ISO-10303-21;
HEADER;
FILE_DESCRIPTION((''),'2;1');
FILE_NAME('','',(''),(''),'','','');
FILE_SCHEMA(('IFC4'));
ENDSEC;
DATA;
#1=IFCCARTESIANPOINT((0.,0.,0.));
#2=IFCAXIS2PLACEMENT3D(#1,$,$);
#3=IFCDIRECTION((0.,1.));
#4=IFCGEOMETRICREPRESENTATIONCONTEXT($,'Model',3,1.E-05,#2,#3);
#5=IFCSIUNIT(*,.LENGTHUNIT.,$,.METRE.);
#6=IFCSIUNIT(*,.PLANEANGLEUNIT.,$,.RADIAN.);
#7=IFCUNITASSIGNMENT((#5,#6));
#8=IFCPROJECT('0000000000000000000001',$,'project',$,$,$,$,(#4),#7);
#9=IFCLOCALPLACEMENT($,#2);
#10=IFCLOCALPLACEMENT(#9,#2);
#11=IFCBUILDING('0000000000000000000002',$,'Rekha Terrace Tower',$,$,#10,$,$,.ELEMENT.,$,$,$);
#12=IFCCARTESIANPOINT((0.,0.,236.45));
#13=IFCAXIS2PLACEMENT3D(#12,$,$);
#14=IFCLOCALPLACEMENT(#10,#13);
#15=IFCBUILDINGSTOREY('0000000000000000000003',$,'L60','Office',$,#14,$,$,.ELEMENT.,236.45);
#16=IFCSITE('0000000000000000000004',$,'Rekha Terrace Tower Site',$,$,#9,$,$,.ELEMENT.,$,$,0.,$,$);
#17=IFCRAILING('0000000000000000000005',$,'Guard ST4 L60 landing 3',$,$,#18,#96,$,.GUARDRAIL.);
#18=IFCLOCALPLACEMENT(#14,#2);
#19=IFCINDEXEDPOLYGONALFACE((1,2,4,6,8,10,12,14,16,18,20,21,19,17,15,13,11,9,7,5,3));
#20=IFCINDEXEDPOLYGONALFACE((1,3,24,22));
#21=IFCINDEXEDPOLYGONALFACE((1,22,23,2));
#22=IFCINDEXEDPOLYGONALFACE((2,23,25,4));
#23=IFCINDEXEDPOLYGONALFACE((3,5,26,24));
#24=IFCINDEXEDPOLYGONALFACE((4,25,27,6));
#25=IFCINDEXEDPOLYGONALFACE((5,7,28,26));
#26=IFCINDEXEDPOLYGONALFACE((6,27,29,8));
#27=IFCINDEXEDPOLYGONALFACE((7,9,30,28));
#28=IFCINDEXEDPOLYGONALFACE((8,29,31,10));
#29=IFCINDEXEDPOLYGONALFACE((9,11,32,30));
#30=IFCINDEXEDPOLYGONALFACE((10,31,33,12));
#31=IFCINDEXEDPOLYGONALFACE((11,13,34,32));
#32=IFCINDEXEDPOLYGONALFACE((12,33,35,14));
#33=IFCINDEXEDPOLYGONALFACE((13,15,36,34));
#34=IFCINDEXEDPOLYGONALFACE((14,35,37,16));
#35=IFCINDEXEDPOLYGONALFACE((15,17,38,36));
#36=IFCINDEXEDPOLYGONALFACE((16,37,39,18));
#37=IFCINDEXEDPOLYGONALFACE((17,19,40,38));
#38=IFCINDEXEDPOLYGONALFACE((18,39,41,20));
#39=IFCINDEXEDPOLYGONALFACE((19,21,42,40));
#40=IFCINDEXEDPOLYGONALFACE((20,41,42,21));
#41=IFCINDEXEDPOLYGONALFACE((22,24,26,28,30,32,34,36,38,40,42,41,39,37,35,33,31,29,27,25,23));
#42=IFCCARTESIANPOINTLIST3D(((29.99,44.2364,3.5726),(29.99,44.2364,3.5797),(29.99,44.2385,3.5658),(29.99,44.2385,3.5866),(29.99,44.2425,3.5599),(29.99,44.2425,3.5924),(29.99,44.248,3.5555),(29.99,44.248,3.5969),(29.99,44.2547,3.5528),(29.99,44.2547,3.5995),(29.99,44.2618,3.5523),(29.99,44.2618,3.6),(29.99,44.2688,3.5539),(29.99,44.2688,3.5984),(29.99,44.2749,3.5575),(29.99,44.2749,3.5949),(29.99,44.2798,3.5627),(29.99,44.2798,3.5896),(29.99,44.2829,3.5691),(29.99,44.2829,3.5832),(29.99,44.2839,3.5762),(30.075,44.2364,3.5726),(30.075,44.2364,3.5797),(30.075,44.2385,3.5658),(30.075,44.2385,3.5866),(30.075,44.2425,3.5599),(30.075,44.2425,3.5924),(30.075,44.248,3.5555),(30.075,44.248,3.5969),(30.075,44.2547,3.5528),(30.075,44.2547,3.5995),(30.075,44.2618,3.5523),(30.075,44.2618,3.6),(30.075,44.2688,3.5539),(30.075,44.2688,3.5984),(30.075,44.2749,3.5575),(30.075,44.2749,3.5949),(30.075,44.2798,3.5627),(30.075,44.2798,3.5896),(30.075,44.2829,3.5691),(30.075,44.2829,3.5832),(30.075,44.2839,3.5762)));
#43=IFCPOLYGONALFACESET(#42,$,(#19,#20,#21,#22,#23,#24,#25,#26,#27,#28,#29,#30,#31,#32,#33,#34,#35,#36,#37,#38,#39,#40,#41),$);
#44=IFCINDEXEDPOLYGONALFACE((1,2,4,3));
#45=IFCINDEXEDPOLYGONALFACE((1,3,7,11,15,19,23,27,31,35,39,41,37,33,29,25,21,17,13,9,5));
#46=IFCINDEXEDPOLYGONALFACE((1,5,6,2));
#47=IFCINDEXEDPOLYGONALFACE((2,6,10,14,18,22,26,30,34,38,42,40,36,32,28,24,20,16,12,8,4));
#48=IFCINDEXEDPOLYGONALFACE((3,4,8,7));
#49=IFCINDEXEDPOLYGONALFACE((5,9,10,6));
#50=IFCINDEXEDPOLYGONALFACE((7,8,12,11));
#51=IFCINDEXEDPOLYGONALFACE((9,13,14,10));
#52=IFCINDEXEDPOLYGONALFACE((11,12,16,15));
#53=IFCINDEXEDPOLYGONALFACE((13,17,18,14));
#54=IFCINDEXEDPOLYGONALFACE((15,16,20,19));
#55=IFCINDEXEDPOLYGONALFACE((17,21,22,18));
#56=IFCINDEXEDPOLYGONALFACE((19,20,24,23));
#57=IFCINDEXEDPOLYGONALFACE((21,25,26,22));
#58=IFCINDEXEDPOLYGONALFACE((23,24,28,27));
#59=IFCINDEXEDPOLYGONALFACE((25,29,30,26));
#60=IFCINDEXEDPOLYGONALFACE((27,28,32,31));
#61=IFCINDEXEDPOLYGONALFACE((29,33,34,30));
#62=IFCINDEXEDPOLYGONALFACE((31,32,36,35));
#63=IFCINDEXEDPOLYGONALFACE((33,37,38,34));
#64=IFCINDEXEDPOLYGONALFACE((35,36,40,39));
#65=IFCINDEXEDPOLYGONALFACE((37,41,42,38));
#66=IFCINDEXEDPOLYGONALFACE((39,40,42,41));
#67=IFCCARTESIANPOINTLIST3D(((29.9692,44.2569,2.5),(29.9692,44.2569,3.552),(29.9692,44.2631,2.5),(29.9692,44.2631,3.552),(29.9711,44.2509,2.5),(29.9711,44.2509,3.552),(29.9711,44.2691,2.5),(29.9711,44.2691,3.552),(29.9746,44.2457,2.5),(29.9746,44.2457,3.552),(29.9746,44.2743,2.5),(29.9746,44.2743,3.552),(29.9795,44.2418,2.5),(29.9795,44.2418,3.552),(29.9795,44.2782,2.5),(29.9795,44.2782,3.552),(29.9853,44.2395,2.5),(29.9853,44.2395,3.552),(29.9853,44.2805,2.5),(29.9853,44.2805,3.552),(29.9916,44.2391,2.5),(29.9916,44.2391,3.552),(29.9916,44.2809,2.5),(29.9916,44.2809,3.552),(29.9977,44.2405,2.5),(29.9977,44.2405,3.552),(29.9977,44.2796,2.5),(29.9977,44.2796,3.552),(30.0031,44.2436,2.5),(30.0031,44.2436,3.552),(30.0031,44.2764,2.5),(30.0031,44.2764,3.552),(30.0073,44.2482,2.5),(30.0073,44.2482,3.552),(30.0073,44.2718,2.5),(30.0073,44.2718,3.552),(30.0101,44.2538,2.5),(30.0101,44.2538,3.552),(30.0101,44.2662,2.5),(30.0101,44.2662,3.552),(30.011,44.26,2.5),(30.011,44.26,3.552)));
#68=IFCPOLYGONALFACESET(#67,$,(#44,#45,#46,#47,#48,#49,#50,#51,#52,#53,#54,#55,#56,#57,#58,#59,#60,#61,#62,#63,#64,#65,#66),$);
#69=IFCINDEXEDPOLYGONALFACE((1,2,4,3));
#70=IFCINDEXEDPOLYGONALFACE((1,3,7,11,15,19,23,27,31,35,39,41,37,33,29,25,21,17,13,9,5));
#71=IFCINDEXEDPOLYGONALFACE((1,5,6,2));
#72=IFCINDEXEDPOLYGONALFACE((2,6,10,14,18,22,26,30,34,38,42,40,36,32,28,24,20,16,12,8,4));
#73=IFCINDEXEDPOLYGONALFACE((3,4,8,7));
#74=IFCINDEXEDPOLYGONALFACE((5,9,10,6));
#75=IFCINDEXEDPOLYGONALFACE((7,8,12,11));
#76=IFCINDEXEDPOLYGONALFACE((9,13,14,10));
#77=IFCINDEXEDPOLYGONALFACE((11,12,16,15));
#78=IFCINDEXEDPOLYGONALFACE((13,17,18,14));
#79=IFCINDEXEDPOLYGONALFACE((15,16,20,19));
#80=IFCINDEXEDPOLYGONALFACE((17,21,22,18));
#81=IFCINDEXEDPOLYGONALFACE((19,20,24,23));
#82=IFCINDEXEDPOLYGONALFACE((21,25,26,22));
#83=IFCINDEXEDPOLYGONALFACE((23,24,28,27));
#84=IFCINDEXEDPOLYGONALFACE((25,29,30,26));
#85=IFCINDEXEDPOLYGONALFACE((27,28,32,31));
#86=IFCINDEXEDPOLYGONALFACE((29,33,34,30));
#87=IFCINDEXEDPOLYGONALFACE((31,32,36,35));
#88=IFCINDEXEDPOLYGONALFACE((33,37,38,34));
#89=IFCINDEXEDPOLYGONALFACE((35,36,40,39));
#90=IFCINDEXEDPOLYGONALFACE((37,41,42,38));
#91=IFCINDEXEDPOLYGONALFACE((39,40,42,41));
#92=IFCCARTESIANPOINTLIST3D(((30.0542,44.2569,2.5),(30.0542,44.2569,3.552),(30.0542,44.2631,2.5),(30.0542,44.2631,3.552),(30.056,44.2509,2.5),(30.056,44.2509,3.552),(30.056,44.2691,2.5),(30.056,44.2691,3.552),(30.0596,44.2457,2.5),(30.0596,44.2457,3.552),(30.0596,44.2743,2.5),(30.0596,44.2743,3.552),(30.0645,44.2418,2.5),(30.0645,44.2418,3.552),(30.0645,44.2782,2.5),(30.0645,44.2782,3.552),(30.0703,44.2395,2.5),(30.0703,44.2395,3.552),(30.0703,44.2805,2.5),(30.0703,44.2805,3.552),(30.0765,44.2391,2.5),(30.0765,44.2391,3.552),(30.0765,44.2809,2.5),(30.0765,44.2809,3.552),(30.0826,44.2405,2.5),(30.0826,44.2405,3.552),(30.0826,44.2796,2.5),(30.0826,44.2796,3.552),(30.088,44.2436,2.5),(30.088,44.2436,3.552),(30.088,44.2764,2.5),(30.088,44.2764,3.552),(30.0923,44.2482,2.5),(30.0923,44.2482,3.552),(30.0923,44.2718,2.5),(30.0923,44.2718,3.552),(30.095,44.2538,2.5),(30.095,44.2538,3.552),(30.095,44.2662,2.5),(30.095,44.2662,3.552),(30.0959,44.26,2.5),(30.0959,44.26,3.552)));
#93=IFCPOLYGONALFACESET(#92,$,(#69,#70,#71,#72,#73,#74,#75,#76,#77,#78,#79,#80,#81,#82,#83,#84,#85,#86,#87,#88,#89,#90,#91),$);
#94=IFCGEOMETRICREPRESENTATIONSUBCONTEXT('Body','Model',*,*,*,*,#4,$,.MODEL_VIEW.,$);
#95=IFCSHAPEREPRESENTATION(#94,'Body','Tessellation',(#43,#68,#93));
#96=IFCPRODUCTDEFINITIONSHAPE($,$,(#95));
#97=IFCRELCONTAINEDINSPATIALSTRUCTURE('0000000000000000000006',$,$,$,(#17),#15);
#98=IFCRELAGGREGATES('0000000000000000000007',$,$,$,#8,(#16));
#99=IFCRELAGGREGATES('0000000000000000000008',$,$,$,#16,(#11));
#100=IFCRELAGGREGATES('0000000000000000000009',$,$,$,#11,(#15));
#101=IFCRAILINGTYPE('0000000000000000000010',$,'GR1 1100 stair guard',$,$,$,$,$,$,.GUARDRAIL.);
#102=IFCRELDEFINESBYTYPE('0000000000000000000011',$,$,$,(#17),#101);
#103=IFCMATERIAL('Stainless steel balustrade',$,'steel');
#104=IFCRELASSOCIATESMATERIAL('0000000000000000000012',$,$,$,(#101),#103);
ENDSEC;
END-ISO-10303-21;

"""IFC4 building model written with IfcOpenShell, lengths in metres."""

from ifc_helpers import new_model, si_unit, direction, frame, origin, origin_2d, place, context, subcontext, project, spatial, circle, extrude, material, type_object, element, save


model = new_model("IFC4")

# Units and contexts
model_context = context("Model", 3, precision=1e-05, world=origin(), true_north=direction((0.0, 1.0)))
body_context = subcontext(model_context, "Body", "Model", "MODEL_VIEW")
ifc_project = project(units=[si_unit("LENGTHUNIT", "METRE"), si_unit("PLANEANGLEUNIT", "RADIAN")], contexts=[model_context])

# Site, building, storey
site_placement = place(None, origin())
site = spatial("IfcSite", under=ifc_project, at=site_placement, Name="Rekha Terrace Tower Site", CompositionType="ELEMENT", RefElevation=0.0)
building_placement = place(site_placement, origin())
building = spatial("IfcBuilding", under=site, at=building_placement, Name="Rekha Terrace Tower", CompositionType="ELEMENT")
storey_placement = place(building_placement, frame((0.0, 0.0, 236.45)))
storey = spatial("IfcBuildingStorey", under=building, at=storey_placement, Name="L60", Description="Office", CompositionType="ELEMENT", Elevation=236.45)

# Railing
ifc_material_1 = material(Name="Stainless steel balustrade", Category="steel")
railing_type_1 = type_object("IfcRailingType", Name="GR1 1100 stair guard", PredefinedType="GUARDRAIL", material=ifc_material_1)
railing_1_placement = place(storey_placement, frame((29.99, 44.26, 2.5)))
element("IfcRailing", 1, at=railing_1_placement, inside=storey, type_object=railing_type_1, Name="Guard ST4 L60 landing 3", PredefinedType="GUARDRAIL", context=body_context, shape_type="SweptSolid", body=[
    extrude(circle(Radius=0.0239, at=origin_2d()), frame((0.0, 0.0, 1.0762), z_axis=(1.0, 0.0, 0.0), x_axis=(0.0, 1.0, 0.0)), (0.0, 0.0, 1.0), 0.085),
    extrude(circle(Radius=0.021, at=origin_2d()), origin(), (0.0, 0.0, 1.0), 1.052),
    extrude(circle(Radius=0.021, at=origin_2d()), frame((0.085, 0.0, 0.0)), (0.0, 0.0, 1.0), 1.052),
])

save(model, "model.ifc")
